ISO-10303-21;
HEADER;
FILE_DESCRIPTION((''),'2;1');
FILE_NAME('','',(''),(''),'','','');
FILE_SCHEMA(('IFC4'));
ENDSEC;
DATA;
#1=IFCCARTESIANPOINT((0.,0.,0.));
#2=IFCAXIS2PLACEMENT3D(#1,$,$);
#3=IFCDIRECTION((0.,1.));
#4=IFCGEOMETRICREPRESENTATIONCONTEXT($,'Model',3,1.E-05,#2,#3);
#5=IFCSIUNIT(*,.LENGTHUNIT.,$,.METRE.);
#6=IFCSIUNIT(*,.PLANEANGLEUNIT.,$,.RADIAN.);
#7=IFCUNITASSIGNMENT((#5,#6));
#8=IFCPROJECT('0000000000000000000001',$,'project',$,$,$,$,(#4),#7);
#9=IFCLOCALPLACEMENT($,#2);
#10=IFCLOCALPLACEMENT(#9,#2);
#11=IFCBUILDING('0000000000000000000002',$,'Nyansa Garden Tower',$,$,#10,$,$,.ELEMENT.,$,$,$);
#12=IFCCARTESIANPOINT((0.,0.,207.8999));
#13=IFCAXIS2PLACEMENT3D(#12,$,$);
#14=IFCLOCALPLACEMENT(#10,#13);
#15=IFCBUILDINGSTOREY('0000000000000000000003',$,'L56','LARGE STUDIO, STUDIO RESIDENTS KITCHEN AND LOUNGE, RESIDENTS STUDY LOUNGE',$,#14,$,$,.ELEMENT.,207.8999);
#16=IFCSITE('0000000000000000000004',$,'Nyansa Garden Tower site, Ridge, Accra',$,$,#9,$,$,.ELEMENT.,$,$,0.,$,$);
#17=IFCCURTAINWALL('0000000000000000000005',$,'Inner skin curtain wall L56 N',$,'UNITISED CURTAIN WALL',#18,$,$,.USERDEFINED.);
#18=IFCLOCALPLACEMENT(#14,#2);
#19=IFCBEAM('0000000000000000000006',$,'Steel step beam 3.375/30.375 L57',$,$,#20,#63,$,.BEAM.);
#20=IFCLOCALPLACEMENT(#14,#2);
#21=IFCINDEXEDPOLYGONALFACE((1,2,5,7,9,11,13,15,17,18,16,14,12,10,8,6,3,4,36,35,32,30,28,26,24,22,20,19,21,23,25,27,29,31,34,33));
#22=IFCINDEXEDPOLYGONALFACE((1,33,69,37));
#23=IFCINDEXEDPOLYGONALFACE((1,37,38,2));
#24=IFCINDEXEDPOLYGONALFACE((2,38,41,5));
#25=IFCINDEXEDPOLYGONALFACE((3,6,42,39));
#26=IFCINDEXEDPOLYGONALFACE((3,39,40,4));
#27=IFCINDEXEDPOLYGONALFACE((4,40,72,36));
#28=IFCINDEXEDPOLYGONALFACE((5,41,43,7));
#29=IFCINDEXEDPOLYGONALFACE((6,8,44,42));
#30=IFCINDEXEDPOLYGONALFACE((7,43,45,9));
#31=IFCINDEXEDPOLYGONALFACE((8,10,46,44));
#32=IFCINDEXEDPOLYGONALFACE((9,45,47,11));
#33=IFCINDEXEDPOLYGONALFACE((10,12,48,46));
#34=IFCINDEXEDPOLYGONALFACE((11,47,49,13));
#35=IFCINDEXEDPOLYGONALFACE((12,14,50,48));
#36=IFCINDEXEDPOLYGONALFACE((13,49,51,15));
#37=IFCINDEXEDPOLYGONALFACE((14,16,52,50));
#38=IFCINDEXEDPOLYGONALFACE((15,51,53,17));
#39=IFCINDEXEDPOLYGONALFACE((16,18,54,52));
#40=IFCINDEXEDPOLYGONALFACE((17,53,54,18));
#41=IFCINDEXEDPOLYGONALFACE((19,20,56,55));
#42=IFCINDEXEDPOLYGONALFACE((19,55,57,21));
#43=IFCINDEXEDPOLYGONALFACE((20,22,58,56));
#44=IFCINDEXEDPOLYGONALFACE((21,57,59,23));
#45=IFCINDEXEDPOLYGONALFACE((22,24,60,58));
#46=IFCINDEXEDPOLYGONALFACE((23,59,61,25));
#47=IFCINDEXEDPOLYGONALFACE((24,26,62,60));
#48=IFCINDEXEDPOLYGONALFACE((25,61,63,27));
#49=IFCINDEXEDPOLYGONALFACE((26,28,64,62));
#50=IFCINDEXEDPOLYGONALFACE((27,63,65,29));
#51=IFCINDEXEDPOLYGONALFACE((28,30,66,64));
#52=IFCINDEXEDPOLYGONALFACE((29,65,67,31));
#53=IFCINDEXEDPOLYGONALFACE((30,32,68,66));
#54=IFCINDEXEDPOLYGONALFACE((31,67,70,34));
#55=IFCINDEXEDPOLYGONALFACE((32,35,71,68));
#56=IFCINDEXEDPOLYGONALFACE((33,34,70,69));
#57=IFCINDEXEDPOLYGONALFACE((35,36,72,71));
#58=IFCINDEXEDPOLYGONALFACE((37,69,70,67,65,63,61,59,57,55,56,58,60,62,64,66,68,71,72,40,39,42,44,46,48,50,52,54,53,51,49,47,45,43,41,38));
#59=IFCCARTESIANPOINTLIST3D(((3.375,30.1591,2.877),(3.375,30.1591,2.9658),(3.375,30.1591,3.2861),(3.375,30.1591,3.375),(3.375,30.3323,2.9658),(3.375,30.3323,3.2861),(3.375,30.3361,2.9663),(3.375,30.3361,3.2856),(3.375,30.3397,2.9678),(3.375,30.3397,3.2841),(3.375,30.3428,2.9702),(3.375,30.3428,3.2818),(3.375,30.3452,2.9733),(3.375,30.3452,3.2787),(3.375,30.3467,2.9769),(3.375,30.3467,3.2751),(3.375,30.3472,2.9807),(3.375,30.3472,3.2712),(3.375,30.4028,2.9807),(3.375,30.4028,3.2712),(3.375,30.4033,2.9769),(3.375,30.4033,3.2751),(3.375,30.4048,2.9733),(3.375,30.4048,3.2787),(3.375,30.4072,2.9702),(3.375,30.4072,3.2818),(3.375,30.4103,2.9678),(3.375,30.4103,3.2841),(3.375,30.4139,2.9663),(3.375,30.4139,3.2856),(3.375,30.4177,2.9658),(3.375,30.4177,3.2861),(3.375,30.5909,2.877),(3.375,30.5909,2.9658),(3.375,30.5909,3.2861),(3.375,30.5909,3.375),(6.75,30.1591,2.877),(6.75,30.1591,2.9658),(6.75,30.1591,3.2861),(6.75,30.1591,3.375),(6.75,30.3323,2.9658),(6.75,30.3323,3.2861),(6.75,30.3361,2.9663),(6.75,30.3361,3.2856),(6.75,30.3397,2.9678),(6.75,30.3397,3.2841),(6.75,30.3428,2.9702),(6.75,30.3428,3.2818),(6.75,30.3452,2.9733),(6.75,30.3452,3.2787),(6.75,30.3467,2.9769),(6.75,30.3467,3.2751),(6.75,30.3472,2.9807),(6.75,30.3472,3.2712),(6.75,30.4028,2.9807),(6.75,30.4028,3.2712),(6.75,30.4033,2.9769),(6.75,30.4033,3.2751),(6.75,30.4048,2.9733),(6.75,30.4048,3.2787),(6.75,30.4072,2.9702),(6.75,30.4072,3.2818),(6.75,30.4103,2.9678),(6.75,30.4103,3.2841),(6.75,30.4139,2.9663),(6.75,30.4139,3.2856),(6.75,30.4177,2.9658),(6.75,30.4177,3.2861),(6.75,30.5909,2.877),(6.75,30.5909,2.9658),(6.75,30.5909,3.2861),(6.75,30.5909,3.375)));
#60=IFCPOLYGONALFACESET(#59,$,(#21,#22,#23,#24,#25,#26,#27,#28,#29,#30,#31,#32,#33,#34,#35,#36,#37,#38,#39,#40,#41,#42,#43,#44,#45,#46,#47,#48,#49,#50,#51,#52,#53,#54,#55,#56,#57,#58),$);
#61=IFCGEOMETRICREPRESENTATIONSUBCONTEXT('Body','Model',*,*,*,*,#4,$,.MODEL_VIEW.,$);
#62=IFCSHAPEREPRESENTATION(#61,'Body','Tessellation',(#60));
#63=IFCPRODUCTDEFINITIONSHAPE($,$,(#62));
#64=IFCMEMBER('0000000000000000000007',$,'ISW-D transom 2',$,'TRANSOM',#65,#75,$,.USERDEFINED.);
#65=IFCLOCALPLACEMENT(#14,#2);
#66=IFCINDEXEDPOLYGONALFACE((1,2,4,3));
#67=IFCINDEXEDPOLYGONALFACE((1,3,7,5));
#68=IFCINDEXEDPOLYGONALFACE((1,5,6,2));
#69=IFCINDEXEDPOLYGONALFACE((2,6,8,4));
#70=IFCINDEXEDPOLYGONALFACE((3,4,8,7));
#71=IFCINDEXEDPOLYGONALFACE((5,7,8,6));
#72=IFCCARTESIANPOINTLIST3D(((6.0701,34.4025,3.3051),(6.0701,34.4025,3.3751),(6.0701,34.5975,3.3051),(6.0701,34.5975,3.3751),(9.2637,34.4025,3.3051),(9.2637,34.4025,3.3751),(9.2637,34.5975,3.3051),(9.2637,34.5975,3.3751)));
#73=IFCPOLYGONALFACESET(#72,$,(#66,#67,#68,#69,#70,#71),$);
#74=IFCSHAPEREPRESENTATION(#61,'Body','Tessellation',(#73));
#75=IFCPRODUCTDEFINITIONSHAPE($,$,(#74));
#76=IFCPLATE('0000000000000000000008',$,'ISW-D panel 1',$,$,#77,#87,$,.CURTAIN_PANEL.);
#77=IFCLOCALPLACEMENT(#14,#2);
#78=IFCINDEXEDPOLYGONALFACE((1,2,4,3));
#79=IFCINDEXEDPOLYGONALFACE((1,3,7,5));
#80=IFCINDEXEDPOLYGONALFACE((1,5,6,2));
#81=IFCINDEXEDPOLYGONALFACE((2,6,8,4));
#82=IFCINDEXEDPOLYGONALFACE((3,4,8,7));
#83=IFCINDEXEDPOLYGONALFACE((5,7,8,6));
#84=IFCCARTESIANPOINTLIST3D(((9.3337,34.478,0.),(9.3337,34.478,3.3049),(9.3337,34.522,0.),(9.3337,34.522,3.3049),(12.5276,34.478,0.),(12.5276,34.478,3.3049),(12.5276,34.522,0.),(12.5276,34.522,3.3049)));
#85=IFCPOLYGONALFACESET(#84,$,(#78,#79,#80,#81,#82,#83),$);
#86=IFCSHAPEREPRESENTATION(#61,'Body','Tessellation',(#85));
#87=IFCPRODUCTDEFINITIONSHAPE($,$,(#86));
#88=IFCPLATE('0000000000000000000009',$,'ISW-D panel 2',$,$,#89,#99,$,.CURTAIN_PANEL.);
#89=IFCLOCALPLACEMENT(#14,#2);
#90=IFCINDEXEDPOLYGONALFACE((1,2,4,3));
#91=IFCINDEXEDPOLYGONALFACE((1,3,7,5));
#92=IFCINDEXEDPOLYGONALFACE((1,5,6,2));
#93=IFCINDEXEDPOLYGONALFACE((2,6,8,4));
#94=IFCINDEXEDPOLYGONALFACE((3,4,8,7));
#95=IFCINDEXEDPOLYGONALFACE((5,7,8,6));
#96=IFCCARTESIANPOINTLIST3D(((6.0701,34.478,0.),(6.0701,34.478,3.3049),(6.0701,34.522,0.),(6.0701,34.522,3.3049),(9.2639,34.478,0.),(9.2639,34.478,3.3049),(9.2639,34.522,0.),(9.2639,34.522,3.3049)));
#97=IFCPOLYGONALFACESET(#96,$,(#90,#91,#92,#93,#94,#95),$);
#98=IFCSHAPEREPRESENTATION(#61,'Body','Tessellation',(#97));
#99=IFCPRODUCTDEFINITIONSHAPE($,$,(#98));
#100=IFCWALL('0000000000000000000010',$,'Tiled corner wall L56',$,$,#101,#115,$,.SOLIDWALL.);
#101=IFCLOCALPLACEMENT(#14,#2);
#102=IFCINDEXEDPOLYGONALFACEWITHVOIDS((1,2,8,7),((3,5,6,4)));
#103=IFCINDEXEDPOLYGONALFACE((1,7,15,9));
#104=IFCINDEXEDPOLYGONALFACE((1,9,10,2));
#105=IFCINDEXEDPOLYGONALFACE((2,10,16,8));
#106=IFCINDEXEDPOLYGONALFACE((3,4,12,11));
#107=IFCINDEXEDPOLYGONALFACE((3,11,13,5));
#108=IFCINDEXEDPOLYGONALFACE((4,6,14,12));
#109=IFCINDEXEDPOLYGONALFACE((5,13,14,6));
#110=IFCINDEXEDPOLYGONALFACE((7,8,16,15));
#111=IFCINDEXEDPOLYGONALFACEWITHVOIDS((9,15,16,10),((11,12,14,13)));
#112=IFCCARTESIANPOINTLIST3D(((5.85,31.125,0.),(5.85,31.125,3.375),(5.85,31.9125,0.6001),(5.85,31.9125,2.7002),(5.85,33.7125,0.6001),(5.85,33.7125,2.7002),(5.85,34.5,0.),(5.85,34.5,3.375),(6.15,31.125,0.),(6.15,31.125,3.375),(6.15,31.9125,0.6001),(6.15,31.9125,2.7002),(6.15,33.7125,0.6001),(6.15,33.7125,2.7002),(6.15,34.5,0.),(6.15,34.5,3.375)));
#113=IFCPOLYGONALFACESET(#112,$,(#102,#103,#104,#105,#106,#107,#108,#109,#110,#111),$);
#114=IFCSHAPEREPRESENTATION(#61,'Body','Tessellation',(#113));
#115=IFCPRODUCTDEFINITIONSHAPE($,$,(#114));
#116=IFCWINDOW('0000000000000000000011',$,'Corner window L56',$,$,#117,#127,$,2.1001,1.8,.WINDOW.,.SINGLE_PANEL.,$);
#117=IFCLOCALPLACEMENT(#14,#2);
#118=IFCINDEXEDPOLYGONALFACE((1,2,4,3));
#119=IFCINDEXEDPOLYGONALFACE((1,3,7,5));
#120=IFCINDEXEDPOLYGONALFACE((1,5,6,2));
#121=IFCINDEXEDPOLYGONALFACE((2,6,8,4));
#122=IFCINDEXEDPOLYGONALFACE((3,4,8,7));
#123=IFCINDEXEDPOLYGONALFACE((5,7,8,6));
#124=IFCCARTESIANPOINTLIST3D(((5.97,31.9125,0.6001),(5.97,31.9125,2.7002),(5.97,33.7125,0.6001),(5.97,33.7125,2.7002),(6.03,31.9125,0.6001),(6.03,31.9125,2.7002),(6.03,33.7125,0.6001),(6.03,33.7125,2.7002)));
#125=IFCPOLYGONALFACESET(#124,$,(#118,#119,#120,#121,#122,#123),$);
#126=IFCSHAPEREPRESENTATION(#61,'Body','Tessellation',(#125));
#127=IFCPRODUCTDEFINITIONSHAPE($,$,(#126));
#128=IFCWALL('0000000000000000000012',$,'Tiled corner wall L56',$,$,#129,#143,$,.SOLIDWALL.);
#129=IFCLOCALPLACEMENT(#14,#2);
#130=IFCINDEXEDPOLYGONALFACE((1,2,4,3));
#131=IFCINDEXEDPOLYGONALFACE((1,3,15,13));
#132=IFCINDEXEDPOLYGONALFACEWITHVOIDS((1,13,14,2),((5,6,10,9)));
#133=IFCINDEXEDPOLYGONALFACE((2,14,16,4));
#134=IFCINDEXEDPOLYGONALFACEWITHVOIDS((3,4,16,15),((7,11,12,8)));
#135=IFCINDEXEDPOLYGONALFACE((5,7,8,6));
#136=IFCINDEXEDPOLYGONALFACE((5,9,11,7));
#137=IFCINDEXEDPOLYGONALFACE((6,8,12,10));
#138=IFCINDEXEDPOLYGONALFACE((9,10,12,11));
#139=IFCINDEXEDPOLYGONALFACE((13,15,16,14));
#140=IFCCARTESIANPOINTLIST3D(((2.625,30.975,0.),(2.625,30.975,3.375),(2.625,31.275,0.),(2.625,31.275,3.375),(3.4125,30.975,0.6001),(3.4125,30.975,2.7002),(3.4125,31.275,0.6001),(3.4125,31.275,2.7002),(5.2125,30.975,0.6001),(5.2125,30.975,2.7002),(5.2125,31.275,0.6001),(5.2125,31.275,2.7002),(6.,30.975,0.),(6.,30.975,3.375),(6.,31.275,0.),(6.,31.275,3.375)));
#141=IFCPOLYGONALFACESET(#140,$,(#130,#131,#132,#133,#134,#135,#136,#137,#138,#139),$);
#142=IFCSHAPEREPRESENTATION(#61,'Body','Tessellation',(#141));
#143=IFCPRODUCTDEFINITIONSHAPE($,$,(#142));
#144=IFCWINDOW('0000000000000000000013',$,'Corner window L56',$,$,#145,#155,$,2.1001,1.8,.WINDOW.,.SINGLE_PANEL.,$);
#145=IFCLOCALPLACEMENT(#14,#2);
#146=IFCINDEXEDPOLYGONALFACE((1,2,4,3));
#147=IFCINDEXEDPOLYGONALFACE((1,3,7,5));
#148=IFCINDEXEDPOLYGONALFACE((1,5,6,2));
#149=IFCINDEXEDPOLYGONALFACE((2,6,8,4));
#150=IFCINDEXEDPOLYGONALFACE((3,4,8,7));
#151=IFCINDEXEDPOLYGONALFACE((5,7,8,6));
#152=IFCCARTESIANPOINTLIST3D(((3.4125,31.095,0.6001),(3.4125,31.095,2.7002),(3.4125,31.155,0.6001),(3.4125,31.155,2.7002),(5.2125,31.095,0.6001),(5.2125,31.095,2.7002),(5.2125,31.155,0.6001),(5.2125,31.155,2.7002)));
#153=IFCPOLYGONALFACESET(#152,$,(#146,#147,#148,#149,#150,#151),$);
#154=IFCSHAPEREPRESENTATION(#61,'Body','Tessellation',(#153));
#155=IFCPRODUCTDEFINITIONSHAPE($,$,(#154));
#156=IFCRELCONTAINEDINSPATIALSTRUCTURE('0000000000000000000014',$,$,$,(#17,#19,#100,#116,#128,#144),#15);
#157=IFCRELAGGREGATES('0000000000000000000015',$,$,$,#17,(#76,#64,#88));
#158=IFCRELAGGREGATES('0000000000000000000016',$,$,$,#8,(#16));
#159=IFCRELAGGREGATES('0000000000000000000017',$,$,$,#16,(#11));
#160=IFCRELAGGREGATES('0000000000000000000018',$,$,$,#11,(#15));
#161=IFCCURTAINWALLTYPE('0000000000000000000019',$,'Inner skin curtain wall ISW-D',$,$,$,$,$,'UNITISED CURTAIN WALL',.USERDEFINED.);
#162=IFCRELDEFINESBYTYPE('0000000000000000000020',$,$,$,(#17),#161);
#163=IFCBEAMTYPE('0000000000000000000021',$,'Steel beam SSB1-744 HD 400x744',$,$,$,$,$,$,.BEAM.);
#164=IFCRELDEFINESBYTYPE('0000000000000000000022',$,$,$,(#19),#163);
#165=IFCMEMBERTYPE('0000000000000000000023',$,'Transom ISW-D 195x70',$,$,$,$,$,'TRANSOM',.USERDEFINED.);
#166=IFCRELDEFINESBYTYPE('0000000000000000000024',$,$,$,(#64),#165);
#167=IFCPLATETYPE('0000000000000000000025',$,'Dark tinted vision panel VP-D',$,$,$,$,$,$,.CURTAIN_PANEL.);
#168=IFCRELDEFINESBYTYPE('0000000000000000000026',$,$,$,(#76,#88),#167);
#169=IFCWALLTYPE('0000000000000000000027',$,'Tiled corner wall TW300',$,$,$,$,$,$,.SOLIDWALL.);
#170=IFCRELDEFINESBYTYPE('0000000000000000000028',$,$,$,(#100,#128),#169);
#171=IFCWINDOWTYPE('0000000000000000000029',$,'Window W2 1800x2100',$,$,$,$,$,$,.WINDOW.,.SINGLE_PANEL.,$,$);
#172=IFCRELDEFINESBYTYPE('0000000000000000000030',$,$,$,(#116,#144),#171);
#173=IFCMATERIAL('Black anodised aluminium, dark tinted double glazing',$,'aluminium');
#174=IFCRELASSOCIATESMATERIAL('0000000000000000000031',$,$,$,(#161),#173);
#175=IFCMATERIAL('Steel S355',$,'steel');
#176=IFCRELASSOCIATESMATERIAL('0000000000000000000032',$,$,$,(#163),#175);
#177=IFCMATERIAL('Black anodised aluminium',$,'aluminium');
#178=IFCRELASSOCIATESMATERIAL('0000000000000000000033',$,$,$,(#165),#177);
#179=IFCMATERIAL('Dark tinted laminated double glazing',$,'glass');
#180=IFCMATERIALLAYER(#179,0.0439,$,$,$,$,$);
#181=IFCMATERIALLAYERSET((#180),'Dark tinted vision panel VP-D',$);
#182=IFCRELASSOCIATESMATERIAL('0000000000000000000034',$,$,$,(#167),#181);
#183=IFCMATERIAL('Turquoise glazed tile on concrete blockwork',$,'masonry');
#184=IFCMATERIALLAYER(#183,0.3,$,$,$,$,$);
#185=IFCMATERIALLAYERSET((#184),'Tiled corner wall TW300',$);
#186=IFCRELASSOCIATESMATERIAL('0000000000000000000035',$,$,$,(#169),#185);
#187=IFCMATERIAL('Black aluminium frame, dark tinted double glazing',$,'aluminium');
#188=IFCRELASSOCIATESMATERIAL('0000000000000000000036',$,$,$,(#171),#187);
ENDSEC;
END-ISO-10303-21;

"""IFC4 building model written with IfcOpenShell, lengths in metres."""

from ifc_helpers import new_model, si_unit, direction, frame, frame_2d, origin, origin_2d, place, context, subcontext, project, spatial, rectangle, i_section, extrude, material, layer, layer_set, material_profile, profile_set, type_object, element, fill, aggregate, save


model = new_model("IFC4")

# Units and contexts
model_context = context("Model", 3, precision=1e-05, world=origin(), true_north=direction((0.0, 1.0)))
body_context = subcontext(model_context, "Body", "Model", "MODEL_VIEW")
ifc_project = project(units=[si_unit("LENGTHUNIT", "METRE"), si_unit("PLANEANGLEUNIT", "RADIAN")], contexts=[model_context])

# Site, building, storey
site_placement = place(None, origin())
site = spatial("IfcSite", under=ifc_project, at=site_placement, Name="Nyansa Garden Tower site, Ridge, Accra", CompositionType="ELEMENT", RefElevation=0.0)
building_placement = place(site_placement, origin())
building = spatial("IfcBuilding", under=site, at=building_placement, Name="Nyansa Garden Tower", CompositionType="ELEMENT")
storey_placement = place(building_placement, frame((0.0, 0.0, 207.8999)))
storey = spatial("IfcBuildingStorey", under=building, at=storey_placement, Name="L56", Description="LARGE STUDIO, STUDIO RESIDENTS KITCHEN AND LOUNGE, RESIDENTS STUDY LOUNGE", CompositionType="ELEMENT", Elevation=207.8999)

# Curtain wall
ifc_material_1 = material(Name="Black anodised aluminium, dark tinted double glazing", Category="aluminium")
curtain_wall_type = type_object("IfcCurtainWallType", Name="Inner skin curtain wall ISW-D", ElementType="UNITISED CURTAIN WALL", PredefinedType="USERDEFINED", material=ifc_material_1)
curtain_wall_placement = place(storey_placement, origin())
curtain_wall = element("IfcCurtainWall", 1, at=curtain_wall_placement, inside=storey, type_object=curtain_wall_type, Name="Inner skin curtain wall L56 N", ObjectType="UNITISED CURTAIN WALL", PredefinedType="USERDEFINED")

# Beam
ifc_material_2 = material(Name="Steel S355", Category="steel")
ifc_material_profile_1 = material_profile(ifc_material_2, i_section(OverallWidth=0.4319, OverallDepth=0.498, WebThickness=0.0557, FlangeThickness=0.0889, FilletRadius=0.0149, at=origin_2d()), Name="HD 400x744")
ifc_profile_set_1 = profile_set([ifc_material_profile_1], Name="Steel S355")
beam_type_1 = type_object("IfcBeamType", Name="Steel beam SSB1-744 HD 400x744", PredefinedType="BEAM", material=ifc_profile_set_1)
for number, where, z_axis, x_axis, name in (
    (2, (3.375, 30.375, 3.126), (1.0, 0.0, 0.0), (0.0, 1.0, 0.0), "Steel step beam 3.375/30.375 L57"),
):
    element("IfcBeam", number, at=place(storey_placement, frame(where, z_axis=z_axis, x_axis=x_axis)), inside=storey, type_object=beam_type_1, Name=name, PredefinedType="BEAM", context=body_context, shape_type="SweptSolid", body=[
        extrude(i_section(OverallWidth=0.4319, OverallDepth=0.498, WebThickness=0.0557, FlangeThickness=0.0889, FilletRadius=0.0149, at=origin_2d()), origin(), (0.0, 0.0, 1.0), 3.375),
    ])

# Member
ifc_material_3 = material(Name="Black anodised aluminium", Category="aluminium")
ifc_material_profile_2 = material_profile(ifc_material_3, rectangle(XDim=0.1951, YDim=0.0701, at=origin_2d()), Name="Transom 195x70")
ifc_profile_set_2 = profile_set([ifc_material_profile_2], Name="Black anodised aluminium")
member_type_1 = type_object("IfcMemberType", Name="Transom ISW-D 195x70", ElementType="TRANSOM", PredefinedType="USERDEFINED", material=ifc_profile_set_2)
member_1_placement = place(storey_placement, frame((9.2637, 34.5, 3.3401), z_axis=(-1.0, 0.0, 0.0), x_axis=(0.0, -1.0, 0.0)))
member_1 = element("IfcMember", 3, at=member_1_placement, type_object=member_type_1, Name="ISW-D transom 2", ObjectType="TRANSOM", PredefinedType="USERDEFINED", context=body_context, shape_type="SweptSolid", body=[
    extrude(rectangle(XDim=0.1951, YDim=0.0701, at=origin_2d()), origin(), (0.0, 0.0, 1.0), 3.1936),
])

# Plates
ifc_material_4 = material(Name="Dark tinted laminated double glazing", Category="glass")
ifc_layer_1 = layer(ifc_material_4, 0.0439)
ifc_layer_set_1 = layer_set([ifc_layer_1], Name="Dark tinted vision panel VP-D")
plate_type = type_object("IfcPlateType", Name="Dark tinted vision panel VP-D", PredefinedType="CURTAIN_PANEL", material=ifc_layer_set_1)
plate_1_placement = place(storey_placement, frame((10.9307, 34.5, 0.0), z_axis=(0.0, 0.0, 1.0), x_axis=(-1.0, 0.0, 0.0)))
plate_1 = element("IfcPlate", 4, at=plate_1_placement, type_object=plate_type, Name="ISW-D panel 1", PredefinedType="CURTAIN_PANEL", context=body_context, shape_type="SweptSolid", body=[
    extrude(rectangle(XDim=3.1938, YDim=0.0439, at=origin_2d()), origin(), (0.0, 0.0, 1.0), 3.3049),
])
plate_2_placement = place(storey_placement, frame((7.667, 34.5, 0.0), z_axis=(0.0, 0.0, 1.0), x_axis=(-1.0, 0.0, 0.0)))
plate_2 = element("IfcPlate", 5, at=plate_2_placement, type_object=plate_type, Name="ISW-D panel 2", PredefinedType="CURTAIN_PANEL", context=body_context, shape_type="SweptSolid", body=[
    extrude(rectangle(XDim=3.1938, YDim=0.0439, at=origin_2d()), origin(), (0.0, 0.0, 1.0), 3.3049),
])
aggregate(curtain_wall, [plate_1, member_1, plate_2])

# Walls, openings, windows
ifc_material_5 = material(Name="Turquoise glazed tile on concrete blockwork", Category="masonry")
ifc_layer_2 = layer(ifc_material_5, 0.3)
ifc_layer_set_2 = layer_set([ifc_layer_2], Name="Tiled corner wall TW300")
wall_type_1 = type_object("IfcWallType", Name="Tiled corner wall TW300", PredefinedType="SOLIDWALL", material=ifc_layer_set_2)
wall_1_placement = place(storey_placement, frame((6.0, 34.5, 0.0), z_axis=(0.0, 0.0, 1.0), x_axis=(0.0, -1.0, 0.0)))
wall_1 = element("IfcWall", 6, at=wall_1_placement, inside=storey, type_object=wall_type_1, Name="Tiled corner wall L56", PredefinedType="SOLIDWALL", context=body_context, shape_type="SweptSolid", body=[
    extrude(rectangle(XDim=3.375, YDim=0.3, at=frame_2d((1.6875, 0.0))), origin(), (0.0, 0.0, 1.0), 3.375),
])
opening_1_placement = place(wall_1_placement, frame((0.7876, 0.0, 0.6001)))
opening_1 = element("IfcOpeningElement", 7, at=opening_1_placement, cuts=wall_1, PredefinedType="OPENING", context=body_context, shape_type="SweptSolid", body=[
    extrude(rectangle(XDim=1.8, YDim=2.1001, at=frame_2d((0.8999, 1.05))), frame((0.0, 0.1599, 0.0), z_axis=(0.0, -1.0, 0.0), x_axis=(1.0, 0.0, 0.0)), (0.0, 0.0, 1.0), 0.3201),
])
ifc_material_6 = material(Name="Black aluminium frame, dark tinted double glazing", Category="aluminium")
window_type = type_object("IfcWindowType", Name="Window W2 1800x2100", PartitioningType="SINGLE_PANEL", PredefinedType="WINDOW", material=ifc_material_6)
window_1_placement = place(opening_1_placement, origin())
window_1 = element("IfcWindow", 8, at=window_1_placement, inside=storey, type_object=window_type, Name="Corner window L56", OverallHeight=2.1001, OverallWidth=1.8, PartitioningType="SINGLE_PANEL", PredefinedType="WINDOW", context=body_context, shape_type="SweptSolid", body=[
    extrude(rectangle(XDim=1.8, YDim=2.1001, at=frame_2d((0.8999, 1.05))), frame((0.0, 0.03, 0.0), z_axis=(0.0, -1.0, 0.0), x_axis=(1.0, 0.0, 0.0)), (0.0, 0.0, 1.0), 0.0601),
])
fill(opening_1, window_1)
wall_2_placement = place(storey_placement, frame((6.0, 31.125, 0.0), z_axis=(0.0, 0.0, 1.0), x_axis=(-1.0, 0.0, 0.0)))
wall_2 = element("IfcWall", 9, at=wall_2_placement, inside=storey, type_object=wall_type_1, Name="Tiled corner wall L56", PredefinedType="SOLIDWALL", context=body_context, shape_type="SweptSolid", body=[
    extrude(rectangle(XDim=3.375, YDim=0.3, at=frame_2d((1.6875, 0.0))), origin(), (0.0, 0.0, 1.0), 3.375),
])
opening_2_placement = place(wall_2_placement, frame((0.7876, 0.0, 0.6001)))
opening_2 = element("IfcOpeningElement", 10, at=opening_2_placement, cuts=wall_2, PredefinedType="OPENING", context=body_context, shape_type="SweptSolid", body=[
    extrude(rectangle(XDim=1.8, YDim=2.1001, at=frame_2d((0.8999, 1.05))), frame((0.0, 0.1599, 0.0), z_axis=(0.0, -1.0, 0.0), x_axis=(1.0, 0.0, 0.0)), (0.0, 0.0, 1.0), 0.3201),
])
window_2_placement = place(opening_2_placement, origin())
window_2 = element("IfcWindow", 11, at=window_2_placement, inside=storey, type_object=window_type, Name="Corner window L56", OverallHeight=2.1001, OverallWidth=1.8, PartitioningType="SINGLE_PANEL", PredefinedType="WINDOW", context=body_context, shape_type="SweptSolid", body=[
    extrude(rectangle(XDim=1.8, YDim=2.1001, at=frame_2d((0.8999, 1.05))), frame((0.0, 0.03, 0.0), z_axis=(0.0, -1.0, 0.0), x_axis=(1.0, 0.0, 0.0)), (0.0, 0.0, 1.0), 0.0601),
])
fill(opening_2, window_2)

save(model, "model.ifc")
